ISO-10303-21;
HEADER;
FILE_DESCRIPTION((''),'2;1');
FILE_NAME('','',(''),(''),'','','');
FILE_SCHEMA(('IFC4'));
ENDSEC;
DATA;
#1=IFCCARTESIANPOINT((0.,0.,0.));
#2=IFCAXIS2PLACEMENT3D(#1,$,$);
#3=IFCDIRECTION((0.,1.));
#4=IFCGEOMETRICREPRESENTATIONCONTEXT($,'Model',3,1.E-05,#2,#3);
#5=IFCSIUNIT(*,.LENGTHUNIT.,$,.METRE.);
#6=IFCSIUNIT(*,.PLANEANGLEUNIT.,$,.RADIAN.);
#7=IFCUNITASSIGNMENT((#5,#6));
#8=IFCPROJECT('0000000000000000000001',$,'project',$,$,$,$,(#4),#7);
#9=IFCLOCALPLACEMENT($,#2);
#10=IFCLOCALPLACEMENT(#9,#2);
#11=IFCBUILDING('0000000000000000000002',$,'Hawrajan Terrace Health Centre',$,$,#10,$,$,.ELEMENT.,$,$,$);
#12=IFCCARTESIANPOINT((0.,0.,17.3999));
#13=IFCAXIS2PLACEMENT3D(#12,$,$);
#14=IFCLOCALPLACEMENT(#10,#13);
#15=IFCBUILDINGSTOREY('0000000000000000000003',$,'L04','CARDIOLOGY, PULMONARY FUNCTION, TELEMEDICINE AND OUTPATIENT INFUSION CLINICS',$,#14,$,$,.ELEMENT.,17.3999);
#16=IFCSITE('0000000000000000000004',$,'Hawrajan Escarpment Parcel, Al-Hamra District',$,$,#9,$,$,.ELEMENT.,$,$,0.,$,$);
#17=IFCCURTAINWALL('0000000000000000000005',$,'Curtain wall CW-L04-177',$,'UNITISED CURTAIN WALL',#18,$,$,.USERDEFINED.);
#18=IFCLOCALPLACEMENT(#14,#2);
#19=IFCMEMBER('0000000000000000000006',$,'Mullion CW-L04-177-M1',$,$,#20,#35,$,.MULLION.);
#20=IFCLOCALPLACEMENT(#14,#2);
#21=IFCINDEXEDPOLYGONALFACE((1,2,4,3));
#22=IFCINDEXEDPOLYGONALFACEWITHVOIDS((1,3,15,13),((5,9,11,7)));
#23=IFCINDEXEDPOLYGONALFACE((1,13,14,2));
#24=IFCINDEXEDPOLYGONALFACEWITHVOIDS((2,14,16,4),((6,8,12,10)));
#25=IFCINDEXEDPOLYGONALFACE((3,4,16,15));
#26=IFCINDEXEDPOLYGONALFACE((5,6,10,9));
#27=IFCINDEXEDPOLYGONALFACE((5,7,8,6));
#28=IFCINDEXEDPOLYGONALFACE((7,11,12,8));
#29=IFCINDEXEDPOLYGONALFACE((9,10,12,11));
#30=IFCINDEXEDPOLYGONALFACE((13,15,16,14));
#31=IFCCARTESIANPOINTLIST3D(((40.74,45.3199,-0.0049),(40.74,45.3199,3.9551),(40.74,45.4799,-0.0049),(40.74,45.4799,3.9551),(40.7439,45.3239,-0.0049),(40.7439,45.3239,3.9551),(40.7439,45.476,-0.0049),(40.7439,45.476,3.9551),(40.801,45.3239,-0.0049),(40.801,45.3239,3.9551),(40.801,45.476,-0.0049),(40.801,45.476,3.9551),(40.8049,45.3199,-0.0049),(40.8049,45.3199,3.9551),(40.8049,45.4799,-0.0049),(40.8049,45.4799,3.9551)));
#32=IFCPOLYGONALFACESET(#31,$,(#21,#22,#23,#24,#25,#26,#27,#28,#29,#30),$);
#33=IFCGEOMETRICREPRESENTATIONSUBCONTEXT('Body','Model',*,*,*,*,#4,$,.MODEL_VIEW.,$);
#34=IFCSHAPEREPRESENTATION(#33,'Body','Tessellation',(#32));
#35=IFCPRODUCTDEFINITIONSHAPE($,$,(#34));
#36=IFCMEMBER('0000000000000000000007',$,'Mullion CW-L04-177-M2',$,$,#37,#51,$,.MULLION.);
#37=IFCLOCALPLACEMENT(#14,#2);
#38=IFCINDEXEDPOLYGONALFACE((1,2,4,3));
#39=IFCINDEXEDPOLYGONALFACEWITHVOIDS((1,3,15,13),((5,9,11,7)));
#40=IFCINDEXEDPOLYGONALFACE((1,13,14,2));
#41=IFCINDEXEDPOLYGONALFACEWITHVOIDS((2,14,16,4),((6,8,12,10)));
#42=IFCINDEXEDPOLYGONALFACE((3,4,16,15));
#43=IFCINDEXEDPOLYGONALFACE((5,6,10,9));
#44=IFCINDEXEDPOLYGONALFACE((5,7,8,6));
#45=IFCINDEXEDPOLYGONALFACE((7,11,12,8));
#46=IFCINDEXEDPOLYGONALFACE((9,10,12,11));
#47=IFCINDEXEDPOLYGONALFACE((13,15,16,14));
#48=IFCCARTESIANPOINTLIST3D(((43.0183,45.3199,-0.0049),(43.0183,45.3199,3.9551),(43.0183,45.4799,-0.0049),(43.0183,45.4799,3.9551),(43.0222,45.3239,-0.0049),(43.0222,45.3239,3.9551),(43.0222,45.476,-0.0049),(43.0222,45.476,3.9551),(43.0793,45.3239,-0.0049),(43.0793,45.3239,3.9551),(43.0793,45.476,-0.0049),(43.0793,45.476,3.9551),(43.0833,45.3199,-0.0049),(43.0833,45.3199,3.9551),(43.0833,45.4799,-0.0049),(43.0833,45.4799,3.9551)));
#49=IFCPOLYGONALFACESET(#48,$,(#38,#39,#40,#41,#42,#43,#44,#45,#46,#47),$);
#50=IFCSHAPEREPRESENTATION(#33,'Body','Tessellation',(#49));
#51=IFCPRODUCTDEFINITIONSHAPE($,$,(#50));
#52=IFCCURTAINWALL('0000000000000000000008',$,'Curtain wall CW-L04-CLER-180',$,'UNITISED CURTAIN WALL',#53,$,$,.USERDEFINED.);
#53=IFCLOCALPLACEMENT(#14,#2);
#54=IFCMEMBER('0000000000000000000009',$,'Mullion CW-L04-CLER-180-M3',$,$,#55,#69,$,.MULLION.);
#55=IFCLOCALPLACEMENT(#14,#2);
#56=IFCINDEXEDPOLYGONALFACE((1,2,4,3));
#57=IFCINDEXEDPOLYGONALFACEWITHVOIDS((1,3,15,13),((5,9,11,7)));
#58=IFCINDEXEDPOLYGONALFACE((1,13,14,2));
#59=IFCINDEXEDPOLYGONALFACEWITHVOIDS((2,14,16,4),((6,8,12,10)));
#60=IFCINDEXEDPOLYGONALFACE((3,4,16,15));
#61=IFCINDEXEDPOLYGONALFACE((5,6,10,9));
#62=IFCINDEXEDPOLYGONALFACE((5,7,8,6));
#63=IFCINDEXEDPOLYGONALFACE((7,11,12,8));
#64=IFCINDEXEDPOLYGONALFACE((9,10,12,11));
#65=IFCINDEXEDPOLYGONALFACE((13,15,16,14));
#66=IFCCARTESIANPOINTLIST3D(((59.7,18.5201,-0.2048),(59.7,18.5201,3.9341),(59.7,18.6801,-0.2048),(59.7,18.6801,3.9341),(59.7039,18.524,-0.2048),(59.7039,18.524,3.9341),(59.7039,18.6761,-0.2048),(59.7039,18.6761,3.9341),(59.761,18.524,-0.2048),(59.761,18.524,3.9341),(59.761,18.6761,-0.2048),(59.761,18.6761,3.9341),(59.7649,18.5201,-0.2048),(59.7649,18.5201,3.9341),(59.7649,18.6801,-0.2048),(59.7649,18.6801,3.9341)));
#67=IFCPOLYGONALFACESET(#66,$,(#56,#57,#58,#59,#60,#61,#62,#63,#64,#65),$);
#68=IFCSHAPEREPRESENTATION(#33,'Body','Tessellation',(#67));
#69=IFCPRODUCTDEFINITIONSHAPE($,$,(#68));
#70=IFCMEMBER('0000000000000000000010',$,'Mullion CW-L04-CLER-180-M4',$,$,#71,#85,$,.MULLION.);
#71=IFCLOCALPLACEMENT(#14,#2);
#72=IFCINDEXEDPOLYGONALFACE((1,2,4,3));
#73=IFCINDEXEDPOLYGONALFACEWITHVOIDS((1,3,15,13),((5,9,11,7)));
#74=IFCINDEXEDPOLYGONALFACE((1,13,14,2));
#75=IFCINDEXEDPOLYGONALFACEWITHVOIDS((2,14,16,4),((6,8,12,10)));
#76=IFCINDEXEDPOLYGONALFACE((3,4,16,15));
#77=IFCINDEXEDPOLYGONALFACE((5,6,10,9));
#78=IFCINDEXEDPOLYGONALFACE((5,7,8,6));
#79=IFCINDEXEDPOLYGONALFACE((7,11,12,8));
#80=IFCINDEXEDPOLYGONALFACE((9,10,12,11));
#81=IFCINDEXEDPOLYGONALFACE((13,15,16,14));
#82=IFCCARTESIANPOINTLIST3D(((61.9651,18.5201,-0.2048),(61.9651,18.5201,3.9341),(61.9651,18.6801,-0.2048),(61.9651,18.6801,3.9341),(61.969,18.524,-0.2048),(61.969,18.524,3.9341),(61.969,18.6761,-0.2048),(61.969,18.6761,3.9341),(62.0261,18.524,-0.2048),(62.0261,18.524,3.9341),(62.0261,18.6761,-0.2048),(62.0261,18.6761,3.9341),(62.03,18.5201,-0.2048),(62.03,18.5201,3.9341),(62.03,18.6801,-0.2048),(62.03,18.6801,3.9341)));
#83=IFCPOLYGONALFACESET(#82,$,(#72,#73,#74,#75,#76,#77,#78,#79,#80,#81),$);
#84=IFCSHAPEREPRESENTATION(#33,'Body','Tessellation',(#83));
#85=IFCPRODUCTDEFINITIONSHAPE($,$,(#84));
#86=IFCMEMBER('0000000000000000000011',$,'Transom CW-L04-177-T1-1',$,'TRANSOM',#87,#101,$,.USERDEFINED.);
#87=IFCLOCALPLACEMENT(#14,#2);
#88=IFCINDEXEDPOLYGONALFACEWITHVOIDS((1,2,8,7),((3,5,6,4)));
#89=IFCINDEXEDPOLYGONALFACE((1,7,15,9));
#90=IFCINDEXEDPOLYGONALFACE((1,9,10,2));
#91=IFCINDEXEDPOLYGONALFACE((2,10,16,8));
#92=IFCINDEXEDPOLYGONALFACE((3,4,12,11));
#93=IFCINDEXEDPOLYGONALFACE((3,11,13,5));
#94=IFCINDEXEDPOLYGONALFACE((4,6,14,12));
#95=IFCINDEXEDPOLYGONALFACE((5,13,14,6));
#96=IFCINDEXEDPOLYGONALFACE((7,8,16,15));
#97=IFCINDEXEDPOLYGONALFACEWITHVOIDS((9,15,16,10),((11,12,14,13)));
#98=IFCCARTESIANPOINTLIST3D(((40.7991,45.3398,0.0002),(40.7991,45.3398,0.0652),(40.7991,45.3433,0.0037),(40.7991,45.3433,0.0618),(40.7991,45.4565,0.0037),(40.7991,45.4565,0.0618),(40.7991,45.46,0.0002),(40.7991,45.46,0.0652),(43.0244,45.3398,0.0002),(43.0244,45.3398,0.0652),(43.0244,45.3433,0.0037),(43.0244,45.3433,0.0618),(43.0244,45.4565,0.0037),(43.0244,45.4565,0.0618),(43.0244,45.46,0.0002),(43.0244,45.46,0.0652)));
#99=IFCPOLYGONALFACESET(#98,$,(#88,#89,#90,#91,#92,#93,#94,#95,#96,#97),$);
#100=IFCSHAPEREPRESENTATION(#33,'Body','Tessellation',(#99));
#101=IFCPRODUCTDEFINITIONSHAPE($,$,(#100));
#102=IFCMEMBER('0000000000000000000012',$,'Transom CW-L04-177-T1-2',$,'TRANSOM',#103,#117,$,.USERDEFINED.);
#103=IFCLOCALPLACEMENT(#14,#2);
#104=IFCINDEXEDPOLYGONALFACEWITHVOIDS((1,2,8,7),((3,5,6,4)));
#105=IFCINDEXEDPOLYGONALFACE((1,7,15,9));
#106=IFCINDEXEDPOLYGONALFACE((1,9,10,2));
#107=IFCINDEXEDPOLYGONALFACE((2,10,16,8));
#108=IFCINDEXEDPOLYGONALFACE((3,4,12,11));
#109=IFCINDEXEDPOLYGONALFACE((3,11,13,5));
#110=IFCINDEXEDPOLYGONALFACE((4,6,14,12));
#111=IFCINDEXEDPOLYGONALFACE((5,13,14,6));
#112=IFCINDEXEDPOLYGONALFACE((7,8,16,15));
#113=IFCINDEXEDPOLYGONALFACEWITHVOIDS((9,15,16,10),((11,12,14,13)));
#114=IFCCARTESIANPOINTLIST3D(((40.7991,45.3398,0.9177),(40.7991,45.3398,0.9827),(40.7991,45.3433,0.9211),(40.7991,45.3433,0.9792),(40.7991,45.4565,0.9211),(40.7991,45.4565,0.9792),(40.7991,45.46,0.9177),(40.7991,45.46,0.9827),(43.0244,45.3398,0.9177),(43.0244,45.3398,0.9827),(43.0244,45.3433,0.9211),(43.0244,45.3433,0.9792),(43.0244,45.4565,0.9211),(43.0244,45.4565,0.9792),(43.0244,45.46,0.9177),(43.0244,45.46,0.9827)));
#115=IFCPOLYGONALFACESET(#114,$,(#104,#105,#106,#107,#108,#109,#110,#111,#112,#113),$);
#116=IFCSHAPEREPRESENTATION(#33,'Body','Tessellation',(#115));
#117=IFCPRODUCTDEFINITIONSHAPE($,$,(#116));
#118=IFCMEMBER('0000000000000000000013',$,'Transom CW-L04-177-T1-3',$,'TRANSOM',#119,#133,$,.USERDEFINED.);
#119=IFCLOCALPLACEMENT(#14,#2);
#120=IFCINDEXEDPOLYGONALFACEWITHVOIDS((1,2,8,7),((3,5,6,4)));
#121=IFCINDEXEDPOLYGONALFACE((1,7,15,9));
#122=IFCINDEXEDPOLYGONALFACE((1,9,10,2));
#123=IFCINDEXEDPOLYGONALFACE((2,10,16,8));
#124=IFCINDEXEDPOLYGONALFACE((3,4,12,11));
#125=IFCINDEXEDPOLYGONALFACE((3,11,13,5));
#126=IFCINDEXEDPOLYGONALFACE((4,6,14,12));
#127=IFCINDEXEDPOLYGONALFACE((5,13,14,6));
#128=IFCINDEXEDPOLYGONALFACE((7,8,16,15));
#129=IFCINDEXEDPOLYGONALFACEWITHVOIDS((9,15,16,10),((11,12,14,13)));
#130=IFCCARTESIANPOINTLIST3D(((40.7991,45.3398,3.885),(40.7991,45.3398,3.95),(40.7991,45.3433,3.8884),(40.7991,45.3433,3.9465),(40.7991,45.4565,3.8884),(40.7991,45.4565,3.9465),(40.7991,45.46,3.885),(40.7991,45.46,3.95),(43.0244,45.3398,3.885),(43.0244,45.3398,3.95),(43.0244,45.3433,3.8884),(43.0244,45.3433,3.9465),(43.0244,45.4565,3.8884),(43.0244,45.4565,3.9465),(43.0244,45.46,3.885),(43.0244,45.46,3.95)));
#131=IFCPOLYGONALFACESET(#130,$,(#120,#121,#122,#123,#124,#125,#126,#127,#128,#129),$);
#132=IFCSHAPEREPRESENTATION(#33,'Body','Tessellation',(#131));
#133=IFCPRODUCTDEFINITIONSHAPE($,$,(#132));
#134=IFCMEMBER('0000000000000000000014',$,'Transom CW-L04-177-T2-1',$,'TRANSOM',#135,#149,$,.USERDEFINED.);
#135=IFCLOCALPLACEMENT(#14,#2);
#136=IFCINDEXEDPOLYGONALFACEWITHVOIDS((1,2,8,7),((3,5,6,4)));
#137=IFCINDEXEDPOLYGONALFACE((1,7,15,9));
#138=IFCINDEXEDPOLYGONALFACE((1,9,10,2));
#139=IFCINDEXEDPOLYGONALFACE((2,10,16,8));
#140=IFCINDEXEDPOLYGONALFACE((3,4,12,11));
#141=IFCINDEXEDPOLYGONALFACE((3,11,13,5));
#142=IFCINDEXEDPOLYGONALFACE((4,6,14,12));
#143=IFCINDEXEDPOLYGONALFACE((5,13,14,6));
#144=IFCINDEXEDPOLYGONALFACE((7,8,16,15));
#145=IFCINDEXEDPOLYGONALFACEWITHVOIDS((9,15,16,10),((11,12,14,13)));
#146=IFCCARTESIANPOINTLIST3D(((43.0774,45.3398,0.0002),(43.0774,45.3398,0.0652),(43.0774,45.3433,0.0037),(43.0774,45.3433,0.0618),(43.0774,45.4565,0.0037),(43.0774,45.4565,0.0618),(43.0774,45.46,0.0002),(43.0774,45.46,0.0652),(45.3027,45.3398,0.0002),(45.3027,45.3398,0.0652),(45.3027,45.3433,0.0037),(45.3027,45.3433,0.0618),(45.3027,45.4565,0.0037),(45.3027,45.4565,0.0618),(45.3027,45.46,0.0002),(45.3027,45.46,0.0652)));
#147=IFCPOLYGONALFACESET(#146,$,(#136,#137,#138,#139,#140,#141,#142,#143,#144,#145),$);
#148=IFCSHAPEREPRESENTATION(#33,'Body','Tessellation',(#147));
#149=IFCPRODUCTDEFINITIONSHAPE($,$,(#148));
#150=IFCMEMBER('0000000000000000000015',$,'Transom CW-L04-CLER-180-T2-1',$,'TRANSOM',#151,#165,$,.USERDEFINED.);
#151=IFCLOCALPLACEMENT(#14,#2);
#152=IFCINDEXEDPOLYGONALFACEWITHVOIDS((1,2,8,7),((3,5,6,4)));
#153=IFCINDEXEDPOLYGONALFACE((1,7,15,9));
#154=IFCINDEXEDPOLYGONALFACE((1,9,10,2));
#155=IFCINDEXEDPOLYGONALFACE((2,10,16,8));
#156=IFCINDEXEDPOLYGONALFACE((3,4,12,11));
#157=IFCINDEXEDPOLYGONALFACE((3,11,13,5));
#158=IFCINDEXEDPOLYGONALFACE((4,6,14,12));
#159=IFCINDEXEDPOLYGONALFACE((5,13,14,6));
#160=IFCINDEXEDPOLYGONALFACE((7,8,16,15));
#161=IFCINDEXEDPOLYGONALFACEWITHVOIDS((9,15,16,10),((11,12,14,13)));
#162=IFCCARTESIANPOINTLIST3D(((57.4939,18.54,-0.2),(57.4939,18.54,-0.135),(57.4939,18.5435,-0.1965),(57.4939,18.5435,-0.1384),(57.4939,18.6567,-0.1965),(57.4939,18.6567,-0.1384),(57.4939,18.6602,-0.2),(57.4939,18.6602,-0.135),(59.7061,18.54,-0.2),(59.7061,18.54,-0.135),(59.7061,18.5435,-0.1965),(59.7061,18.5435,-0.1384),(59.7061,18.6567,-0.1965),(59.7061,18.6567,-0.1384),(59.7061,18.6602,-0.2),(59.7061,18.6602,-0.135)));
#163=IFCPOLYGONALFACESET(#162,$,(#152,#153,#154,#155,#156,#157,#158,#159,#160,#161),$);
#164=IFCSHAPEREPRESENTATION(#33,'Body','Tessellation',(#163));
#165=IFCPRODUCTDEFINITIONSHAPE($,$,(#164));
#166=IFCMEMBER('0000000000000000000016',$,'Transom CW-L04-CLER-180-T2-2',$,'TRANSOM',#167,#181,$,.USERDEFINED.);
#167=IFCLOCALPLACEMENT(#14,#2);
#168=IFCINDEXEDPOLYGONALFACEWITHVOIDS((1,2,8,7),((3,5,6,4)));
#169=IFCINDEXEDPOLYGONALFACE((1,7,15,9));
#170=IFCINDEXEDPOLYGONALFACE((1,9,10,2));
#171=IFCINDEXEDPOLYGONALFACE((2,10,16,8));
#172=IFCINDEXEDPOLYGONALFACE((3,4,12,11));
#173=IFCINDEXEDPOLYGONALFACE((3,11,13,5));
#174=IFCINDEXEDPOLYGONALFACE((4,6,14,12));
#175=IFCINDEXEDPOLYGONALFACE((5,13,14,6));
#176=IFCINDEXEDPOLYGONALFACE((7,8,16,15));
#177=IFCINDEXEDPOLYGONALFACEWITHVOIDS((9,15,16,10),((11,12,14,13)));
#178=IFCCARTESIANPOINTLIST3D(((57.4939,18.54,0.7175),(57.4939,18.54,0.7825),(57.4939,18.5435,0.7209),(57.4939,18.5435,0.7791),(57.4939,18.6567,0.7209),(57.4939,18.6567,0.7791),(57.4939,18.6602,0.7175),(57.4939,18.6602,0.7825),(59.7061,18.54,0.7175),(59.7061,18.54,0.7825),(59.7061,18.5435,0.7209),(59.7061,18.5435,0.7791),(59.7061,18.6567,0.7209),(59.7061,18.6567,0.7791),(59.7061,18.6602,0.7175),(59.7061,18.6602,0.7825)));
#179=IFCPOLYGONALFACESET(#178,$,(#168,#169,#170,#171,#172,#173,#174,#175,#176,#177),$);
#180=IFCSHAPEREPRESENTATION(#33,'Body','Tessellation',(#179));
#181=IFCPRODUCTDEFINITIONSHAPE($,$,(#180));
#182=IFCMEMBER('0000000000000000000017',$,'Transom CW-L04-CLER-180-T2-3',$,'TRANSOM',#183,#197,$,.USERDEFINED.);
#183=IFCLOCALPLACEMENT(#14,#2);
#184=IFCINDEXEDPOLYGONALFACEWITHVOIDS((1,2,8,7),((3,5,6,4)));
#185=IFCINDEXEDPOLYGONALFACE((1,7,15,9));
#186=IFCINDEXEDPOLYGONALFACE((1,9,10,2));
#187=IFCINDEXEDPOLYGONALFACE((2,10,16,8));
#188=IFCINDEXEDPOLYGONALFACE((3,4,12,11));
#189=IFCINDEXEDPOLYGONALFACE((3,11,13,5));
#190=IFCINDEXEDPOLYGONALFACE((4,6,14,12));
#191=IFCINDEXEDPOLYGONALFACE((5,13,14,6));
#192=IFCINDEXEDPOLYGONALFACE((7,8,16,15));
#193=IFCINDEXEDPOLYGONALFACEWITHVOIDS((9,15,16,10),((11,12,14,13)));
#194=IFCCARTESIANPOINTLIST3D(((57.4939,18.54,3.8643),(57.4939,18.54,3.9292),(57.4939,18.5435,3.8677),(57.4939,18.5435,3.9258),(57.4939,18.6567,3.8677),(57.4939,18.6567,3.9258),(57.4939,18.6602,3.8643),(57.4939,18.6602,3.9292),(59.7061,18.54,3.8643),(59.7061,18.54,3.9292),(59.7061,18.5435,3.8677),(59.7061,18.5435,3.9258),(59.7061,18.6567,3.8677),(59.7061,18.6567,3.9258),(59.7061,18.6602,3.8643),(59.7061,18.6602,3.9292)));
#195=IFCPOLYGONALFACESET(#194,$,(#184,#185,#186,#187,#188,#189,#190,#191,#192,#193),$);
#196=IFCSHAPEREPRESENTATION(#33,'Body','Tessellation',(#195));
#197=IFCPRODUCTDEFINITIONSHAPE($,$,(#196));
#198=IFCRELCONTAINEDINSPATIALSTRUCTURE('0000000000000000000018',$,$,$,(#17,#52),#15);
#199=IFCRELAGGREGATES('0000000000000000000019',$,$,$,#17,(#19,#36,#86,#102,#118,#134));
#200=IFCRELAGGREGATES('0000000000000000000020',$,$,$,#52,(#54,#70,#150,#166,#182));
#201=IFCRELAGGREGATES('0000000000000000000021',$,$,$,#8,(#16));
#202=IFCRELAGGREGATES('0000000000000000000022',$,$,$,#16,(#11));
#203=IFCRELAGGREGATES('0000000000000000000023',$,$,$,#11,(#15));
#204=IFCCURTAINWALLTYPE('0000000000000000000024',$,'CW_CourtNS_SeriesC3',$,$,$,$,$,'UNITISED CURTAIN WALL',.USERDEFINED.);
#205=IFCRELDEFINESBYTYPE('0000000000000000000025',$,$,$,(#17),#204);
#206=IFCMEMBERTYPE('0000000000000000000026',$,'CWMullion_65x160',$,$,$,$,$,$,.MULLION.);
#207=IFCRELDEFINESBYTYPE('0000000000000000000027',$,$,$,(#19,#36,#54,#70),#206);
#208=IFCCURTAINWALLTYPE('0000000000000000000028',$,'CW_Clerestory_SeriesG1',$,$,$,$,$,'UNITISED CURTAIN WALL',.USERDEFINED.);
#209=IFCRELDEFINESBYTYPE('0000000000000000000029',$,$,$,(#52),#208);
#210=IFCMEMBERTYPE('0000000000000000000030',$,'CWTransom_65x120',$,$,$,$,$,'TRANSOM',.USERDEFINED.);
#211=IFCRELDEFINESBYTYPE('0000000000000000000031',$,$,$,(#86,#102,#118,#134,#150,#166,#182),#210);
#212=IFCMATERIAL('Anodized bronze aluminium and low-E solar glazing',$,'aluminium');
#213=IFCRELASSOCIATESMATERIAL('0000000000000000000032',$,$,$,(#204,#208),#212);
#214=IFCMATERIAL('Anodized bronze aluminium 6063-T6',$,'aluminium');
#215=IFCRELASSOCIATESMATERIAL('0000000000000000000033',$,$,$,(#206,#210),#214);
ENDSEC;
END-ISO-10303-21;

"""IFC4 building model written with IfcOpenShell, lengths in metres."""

from ifc_helpers import new_model, si_unit, direction, frame, origin, origin_2d, place, context, subcontext, project, spatial, hollow_rectangle, extrude, material, material_profile, profile_set, type_object, element, aggregate, save


model = new_model("IFC4")

# Units and contexts
model_context = context("Model", 3, precision=1e-05, world=origin(), true_north=direction((0.0, 1.0)))
body_context = subcontext(model_context, "Body", "Model", "MODEL_VIEW")
ifc_project = project(units=[si_unit("LENGTHUNIT", "METRE"), si_unit("PLANEANGLEUNIT", "RADIAN")], contexts=[model_context])

# Site, building, storey
site_placement = place(None, origin())
site = spatial("IfcSite", under=ifc_project, at=site_placement, Name="Hawrajan Escarpment Parcel, Al-Hamra District", CompositionType="ELEMENT", RefElevation=0.0)
building_placement = place(site_placement, origin())
building = spatial("IfcBuilding", under=site, at=building_placement, Name="Hawrajan Terrace Health Centre", CompositionType="ELEMENT")
storey_placement = place(building_placement, frame((0.0, 0.0, 17.3999)))
storey = spatial("IfcBuildingStorey", under=building, at=storey_placement, Name="L04", Description="CARDIOLOGY, PULMONARY FUNCTION, TELEMEDICINE AND OUTPATIENT INFUSION CLINICS", CompositionType="ELEMENT", Elevation=17.3999)

# Curtain walls, members
ifc_material_1 = material(Name="Anodized bronze aluminium and low-E solar glazing", Category="aluminium")
curtain_wall_type_1 = type_object("IfcCurtainWallType", Name="CW_CourtNS_SeriesC3", ElementType="UNITISED CURTAIN WALL", PredefinedType="USERDEFINED", material=ifc_material_1)
curtain_wall_1_placement = place(storey_placement, origin())
curtain_wall_1 = element("IfcCurtainWall", 1, at=curtain_wall_1_placement, inside=storey, type_object=curtain_wall_type_1, Name="Curtain wall CW-L04-177", ObjectType="UNITISED CURTAIN WALL", PredefinedType="USERDEFINED")
ifc_material_2 = material(Name="Anodized bronze aluminium 6063-T6", Category="aluminium")
ifc_material_profile_1 = material_profile(ifc_material_2, hollow_rectangle(XDim=0.0649, YDim=0.1599, WallThickness=0.0039, at=origin_2d()), Name="CW MUL 65x160")
ifc_profile_set_1 = profile_set([ifc_material_profile_1], Name="Anodized bronze aluminium 6063-T6")
member_type_1 = type_object("IfcMemberType", Name="CWMullion_65x160", PredefinedType="MULLION", material=ifc_profile_set_1)
member_1_placement = place(storey_placement, frame((40.7725, 45.3999, -0.0049), z_axis=(0.0, 0.0, 1.0), x_axis=(1.0, 0.0, 0.0)))
member_1 = element("IfcMember", 2, at=member_1_placement, type_object=member_type_1, Name="Mullion CW-L04-177-M1", PredefinedType="MULLION", context=body_context, shape_type="SweptSolid", body=[
    extrude(hollow_rectangle(XDim=0.0649, YDim=0.1599, WallThickness=0.0039, at=origin_2d()), origin(), (0.0, 0.0, 1.0), 3.96),
])
member_2_placement = place(storey_placement, frame((43.0508, 45.3999, -0.0049), z_axis=(0.0, 0.0, 1.0), x_axis=(1.0, 0.0, 0.0)))
member_2 = element("IfcMember", 3, at=member_2_placement, type_object=member_type_1, Name="Mullion CW-L04-177-M2", PredefinedType="MULLION", context=body_context, shape_type="SweptSolid", body=[
    extrude(hollow_rectangle(XDim=0.0649, YDim=0.1599, WallThickness=0.0039, at=origin_2d()), origin(), (0.0, 0.0, 1.0), 3.96),
])
curtain_wall_type_2 = type_object("IfcCurtainWallType", Name="CW_Clerestory_SeriesG1", ElementType="UNITISED CURTAIN WALL", PredefinedType="USERDEFINED", material=ifc_material_1)
curtain_wall_2_placement = place(storey_placement, origin())
curtain_wall_2 = element("IfcCurtainWall", 4, at=curtain_wall_2_placement, inside=storey, type_object=curtain_wall_type_2, Name="Curtain wall CW-L04-CLER-180", ObjectType="UNITISED CURTAIN WALL", PredefinedType="USERDEFINED")
member_3_placement = place(storey_placement, frame((59.7324, 18.6001, -0.2048), z_axis=(0.0, 0.0, 1.0), x_axis=(1.0, 0.0, 0.0)))
member_3 = element("IfcMember", 5, at=member_3_placement, type_object=member_type_1, Name="Mullion CW-L04-CLER-180-M3", PredefinedType="MULLION", context=body_context, shape_type="SweptSolid", body=[
    extrude(hollow_rectangle(XDim=0.0649, YDim=0.1599, WallThickness=0.0039, at=origin_2d()), origin(), (0.0, 0.0, 1.0), 4.1389),
])
member_4_placement = place(storey_placement, frame((61.9976, 18.6001, -0.2048), z_axis=(0.0, 0.0, 1.0), x_axis=(1.0, 0.0, 0.0)))
member_4 = element("IfcMember", 6, at=member_4_placement, type_object=member_type_1, Name="Mullion CW-L04-CLER-180-M4", PredefinedType="MULLION", context=body_context, shape_type="SweptSolid", body=[
    extrude(hollow_rectangle(XDim=0.0649, YDim=0.1599, WallThickness=0.0039, at=origin_2d()), origin(), (0.0, 0.0, 1.0), 4.1389),
])

# Members
ifc_material_profile_2 = material_profile(ifc_material_2, hollow_rectangle(XDim=0.0649, YDim=0.1201, WallThickness=0.0034, at=origin_2d()), Name="CW TRN 65x120")
ifc_profile_set_2 = profile_set([ifc_material_profile_2], Name="Anodized bronze aluminium 6063-T6")
member_type_2 = type_object("IfcMemberType", Name="CWTransom_65x120", ElementType="TRANSOM", PredefinedType="USERDEFINED", material=ifc_profile_set_2)
member_5_placement = place(storey_placement, frame((40.7991, 45.3999, 0.0327), z_axis=(1.0, 0.0, 0.0), x_axis=(0.0, 0.0, 1.0)))
member_5 = element("IfcMember", 7, at=member_5_placement, type_object=member_type_2, Name="Transom CW-L04-177-T1-1", ObjectType="TRANSOM", PredefinedType="USERDEFINED", context=body_context, shape_type="SweptSolid", body=[
    extrude(hollow_rectangle(XDim=0.0649, YDim=0.1201, WallThickness=0.0034, at=origin_2d()), origin(), (0.0, 0.0, 1.0), 2.2253),
])
member_6_placement = place(storey_placement, frame((40.7991, 45.3999, 0.9502), z_axis=(1.0, 0.0, 0.0), x_axis=(0.0, 0.0, 1.0)))
member_6 = element("IfcMember", 8, at=member_6_placement, type_object=member_type_2, Name="Transom CW-L04-177-T1-2", ObjectType="TRANSOM", PredefinedType="USERDEFINED", context=body_context, shape_type="SweptSolid", body=[
    extrude(hollow_rectangle(XDim=0.0649, YDim=0.1201, WallThickness=0.0034, at=origin_2d()), origin(), (0.0, 0.0, 1.0), 2.2253),
])
member_7_placement = place(storey_placement, frame((40.7991, 45.3999, 3.9175), z_axis=(1.0, 0.0, 0.0), x_axis=(0.0, 0.0, 1.0)))
member_7 = element("IfcMember", 9, at=member_7_placement, type_object=member_type_2, Name="Transom CW-L04-177-T1-3", ObjectType="TRANSOM", PredefinedType="USERDEFINED", context=body_context, shape_type="SweptSolid", body=[
    extrude(hollow_rectangle(XDim=0.0649, YDim=0.1201, WallThickness=0.0034, at=origin_2d()), origin(), (0.0, 0.0, 1.0), 2.2253),
])
member_8_placement = place(storey_placement, frame((43.0774, 45.3999, 0.0327), z_axis=(1.0, 0.0, 0.0), x_axis=(0.0, 0.0, 1.0)))
member_8 = element("IfcMember", 10, at=member_8_placement, type_object=member_type_2, Name="Transom CW-L04-177-T2-1", ObjectType="TRANSOM", PredefinedType="USERDEFINED", context=body_context, shape_type="SweptSolid", body=[
    extrude(hollow_rectangle(XDim=0.0649, YDim=0.1201, WallThickness=0.0034, at=origin_2d()), origin(), (0.0, 0.0, 1.0), 2.2253),
])
member_9_placement = place(storey_placement, frame((57.4939, 18.6001, -0.1675), z_axis=(1.0, 0.0, 0.0), x_axis=(0.0, 0.0, 1.0)))
member_9 = element("IfcMember", 11, at=member_9_placement, type_object=member_type_2, Name="Transom CW-L04-CLER-180-T2-1", ObjectType="TRANSOM", PredefinedType="USERDEFINED", context=body_context, shape_type="SweptSolid", body=[
    extrude(hollow_rectangle(XDim=0.0649, YDim=0.1201, WallThickness=0.0034, at=origin_2d()), origin(), (0.0, 0.0, 1.0), 2.2122),
])
member_10_placement = place(storey_placement, frame((57.4939, 18.6001, 0.75), z_axis=(1.0, 0.0, 0.0), x_axis=(0.0, 0.0, 1.0)))
member_10 = element("IfcMember", 12, at=member_10_placement, type_object=member_type_2, Name="Transom CW-L04-CLER-180-T2-2", ObjectType="TRANSOM", PredefinedType="USERDEFINED", context=body_context, shape_type="SweptSolid", body=[
    extrude(hollow_rectangle(XDim=0.0649, YDim=0.1201, WallThickness=0.0034, at=origin_2d()), origin(), (0.0, 0.0, 1.0), 2.2122),
])
member_11_placement = place(storey_placement, frame((57.4939, 18.6001, 3.8967), z_axis=(1.0, 0.0, 0.0), x_axis=(0.0, 0.0, 1.0)))
member_11 = element("IfcMember", 13, at=member_11_placement, type_object=member_type_2, Name="Transom CW-L04-CLER-180-T2-3", ObjectType="TRANSOM", PredefinedType="USERDEFINED", context=body_context, shape_type="SweptSolid", body=[
    extrude(hollow_rectangle(XDim=0.0649, YDim=0.1201, WallThickness=0.0034, at=origin_2d()), origin(), (0.0, 0.0, 1.0), 2.2122),
])

aggregate(curtain_wall_1, [member_1, member_2, member_5, member_6, member_7, member_8])
aggregate(curtain_wall_2, [member_3, member_4, member_9, member_10, member_11])

save(model, "model.ifc")
